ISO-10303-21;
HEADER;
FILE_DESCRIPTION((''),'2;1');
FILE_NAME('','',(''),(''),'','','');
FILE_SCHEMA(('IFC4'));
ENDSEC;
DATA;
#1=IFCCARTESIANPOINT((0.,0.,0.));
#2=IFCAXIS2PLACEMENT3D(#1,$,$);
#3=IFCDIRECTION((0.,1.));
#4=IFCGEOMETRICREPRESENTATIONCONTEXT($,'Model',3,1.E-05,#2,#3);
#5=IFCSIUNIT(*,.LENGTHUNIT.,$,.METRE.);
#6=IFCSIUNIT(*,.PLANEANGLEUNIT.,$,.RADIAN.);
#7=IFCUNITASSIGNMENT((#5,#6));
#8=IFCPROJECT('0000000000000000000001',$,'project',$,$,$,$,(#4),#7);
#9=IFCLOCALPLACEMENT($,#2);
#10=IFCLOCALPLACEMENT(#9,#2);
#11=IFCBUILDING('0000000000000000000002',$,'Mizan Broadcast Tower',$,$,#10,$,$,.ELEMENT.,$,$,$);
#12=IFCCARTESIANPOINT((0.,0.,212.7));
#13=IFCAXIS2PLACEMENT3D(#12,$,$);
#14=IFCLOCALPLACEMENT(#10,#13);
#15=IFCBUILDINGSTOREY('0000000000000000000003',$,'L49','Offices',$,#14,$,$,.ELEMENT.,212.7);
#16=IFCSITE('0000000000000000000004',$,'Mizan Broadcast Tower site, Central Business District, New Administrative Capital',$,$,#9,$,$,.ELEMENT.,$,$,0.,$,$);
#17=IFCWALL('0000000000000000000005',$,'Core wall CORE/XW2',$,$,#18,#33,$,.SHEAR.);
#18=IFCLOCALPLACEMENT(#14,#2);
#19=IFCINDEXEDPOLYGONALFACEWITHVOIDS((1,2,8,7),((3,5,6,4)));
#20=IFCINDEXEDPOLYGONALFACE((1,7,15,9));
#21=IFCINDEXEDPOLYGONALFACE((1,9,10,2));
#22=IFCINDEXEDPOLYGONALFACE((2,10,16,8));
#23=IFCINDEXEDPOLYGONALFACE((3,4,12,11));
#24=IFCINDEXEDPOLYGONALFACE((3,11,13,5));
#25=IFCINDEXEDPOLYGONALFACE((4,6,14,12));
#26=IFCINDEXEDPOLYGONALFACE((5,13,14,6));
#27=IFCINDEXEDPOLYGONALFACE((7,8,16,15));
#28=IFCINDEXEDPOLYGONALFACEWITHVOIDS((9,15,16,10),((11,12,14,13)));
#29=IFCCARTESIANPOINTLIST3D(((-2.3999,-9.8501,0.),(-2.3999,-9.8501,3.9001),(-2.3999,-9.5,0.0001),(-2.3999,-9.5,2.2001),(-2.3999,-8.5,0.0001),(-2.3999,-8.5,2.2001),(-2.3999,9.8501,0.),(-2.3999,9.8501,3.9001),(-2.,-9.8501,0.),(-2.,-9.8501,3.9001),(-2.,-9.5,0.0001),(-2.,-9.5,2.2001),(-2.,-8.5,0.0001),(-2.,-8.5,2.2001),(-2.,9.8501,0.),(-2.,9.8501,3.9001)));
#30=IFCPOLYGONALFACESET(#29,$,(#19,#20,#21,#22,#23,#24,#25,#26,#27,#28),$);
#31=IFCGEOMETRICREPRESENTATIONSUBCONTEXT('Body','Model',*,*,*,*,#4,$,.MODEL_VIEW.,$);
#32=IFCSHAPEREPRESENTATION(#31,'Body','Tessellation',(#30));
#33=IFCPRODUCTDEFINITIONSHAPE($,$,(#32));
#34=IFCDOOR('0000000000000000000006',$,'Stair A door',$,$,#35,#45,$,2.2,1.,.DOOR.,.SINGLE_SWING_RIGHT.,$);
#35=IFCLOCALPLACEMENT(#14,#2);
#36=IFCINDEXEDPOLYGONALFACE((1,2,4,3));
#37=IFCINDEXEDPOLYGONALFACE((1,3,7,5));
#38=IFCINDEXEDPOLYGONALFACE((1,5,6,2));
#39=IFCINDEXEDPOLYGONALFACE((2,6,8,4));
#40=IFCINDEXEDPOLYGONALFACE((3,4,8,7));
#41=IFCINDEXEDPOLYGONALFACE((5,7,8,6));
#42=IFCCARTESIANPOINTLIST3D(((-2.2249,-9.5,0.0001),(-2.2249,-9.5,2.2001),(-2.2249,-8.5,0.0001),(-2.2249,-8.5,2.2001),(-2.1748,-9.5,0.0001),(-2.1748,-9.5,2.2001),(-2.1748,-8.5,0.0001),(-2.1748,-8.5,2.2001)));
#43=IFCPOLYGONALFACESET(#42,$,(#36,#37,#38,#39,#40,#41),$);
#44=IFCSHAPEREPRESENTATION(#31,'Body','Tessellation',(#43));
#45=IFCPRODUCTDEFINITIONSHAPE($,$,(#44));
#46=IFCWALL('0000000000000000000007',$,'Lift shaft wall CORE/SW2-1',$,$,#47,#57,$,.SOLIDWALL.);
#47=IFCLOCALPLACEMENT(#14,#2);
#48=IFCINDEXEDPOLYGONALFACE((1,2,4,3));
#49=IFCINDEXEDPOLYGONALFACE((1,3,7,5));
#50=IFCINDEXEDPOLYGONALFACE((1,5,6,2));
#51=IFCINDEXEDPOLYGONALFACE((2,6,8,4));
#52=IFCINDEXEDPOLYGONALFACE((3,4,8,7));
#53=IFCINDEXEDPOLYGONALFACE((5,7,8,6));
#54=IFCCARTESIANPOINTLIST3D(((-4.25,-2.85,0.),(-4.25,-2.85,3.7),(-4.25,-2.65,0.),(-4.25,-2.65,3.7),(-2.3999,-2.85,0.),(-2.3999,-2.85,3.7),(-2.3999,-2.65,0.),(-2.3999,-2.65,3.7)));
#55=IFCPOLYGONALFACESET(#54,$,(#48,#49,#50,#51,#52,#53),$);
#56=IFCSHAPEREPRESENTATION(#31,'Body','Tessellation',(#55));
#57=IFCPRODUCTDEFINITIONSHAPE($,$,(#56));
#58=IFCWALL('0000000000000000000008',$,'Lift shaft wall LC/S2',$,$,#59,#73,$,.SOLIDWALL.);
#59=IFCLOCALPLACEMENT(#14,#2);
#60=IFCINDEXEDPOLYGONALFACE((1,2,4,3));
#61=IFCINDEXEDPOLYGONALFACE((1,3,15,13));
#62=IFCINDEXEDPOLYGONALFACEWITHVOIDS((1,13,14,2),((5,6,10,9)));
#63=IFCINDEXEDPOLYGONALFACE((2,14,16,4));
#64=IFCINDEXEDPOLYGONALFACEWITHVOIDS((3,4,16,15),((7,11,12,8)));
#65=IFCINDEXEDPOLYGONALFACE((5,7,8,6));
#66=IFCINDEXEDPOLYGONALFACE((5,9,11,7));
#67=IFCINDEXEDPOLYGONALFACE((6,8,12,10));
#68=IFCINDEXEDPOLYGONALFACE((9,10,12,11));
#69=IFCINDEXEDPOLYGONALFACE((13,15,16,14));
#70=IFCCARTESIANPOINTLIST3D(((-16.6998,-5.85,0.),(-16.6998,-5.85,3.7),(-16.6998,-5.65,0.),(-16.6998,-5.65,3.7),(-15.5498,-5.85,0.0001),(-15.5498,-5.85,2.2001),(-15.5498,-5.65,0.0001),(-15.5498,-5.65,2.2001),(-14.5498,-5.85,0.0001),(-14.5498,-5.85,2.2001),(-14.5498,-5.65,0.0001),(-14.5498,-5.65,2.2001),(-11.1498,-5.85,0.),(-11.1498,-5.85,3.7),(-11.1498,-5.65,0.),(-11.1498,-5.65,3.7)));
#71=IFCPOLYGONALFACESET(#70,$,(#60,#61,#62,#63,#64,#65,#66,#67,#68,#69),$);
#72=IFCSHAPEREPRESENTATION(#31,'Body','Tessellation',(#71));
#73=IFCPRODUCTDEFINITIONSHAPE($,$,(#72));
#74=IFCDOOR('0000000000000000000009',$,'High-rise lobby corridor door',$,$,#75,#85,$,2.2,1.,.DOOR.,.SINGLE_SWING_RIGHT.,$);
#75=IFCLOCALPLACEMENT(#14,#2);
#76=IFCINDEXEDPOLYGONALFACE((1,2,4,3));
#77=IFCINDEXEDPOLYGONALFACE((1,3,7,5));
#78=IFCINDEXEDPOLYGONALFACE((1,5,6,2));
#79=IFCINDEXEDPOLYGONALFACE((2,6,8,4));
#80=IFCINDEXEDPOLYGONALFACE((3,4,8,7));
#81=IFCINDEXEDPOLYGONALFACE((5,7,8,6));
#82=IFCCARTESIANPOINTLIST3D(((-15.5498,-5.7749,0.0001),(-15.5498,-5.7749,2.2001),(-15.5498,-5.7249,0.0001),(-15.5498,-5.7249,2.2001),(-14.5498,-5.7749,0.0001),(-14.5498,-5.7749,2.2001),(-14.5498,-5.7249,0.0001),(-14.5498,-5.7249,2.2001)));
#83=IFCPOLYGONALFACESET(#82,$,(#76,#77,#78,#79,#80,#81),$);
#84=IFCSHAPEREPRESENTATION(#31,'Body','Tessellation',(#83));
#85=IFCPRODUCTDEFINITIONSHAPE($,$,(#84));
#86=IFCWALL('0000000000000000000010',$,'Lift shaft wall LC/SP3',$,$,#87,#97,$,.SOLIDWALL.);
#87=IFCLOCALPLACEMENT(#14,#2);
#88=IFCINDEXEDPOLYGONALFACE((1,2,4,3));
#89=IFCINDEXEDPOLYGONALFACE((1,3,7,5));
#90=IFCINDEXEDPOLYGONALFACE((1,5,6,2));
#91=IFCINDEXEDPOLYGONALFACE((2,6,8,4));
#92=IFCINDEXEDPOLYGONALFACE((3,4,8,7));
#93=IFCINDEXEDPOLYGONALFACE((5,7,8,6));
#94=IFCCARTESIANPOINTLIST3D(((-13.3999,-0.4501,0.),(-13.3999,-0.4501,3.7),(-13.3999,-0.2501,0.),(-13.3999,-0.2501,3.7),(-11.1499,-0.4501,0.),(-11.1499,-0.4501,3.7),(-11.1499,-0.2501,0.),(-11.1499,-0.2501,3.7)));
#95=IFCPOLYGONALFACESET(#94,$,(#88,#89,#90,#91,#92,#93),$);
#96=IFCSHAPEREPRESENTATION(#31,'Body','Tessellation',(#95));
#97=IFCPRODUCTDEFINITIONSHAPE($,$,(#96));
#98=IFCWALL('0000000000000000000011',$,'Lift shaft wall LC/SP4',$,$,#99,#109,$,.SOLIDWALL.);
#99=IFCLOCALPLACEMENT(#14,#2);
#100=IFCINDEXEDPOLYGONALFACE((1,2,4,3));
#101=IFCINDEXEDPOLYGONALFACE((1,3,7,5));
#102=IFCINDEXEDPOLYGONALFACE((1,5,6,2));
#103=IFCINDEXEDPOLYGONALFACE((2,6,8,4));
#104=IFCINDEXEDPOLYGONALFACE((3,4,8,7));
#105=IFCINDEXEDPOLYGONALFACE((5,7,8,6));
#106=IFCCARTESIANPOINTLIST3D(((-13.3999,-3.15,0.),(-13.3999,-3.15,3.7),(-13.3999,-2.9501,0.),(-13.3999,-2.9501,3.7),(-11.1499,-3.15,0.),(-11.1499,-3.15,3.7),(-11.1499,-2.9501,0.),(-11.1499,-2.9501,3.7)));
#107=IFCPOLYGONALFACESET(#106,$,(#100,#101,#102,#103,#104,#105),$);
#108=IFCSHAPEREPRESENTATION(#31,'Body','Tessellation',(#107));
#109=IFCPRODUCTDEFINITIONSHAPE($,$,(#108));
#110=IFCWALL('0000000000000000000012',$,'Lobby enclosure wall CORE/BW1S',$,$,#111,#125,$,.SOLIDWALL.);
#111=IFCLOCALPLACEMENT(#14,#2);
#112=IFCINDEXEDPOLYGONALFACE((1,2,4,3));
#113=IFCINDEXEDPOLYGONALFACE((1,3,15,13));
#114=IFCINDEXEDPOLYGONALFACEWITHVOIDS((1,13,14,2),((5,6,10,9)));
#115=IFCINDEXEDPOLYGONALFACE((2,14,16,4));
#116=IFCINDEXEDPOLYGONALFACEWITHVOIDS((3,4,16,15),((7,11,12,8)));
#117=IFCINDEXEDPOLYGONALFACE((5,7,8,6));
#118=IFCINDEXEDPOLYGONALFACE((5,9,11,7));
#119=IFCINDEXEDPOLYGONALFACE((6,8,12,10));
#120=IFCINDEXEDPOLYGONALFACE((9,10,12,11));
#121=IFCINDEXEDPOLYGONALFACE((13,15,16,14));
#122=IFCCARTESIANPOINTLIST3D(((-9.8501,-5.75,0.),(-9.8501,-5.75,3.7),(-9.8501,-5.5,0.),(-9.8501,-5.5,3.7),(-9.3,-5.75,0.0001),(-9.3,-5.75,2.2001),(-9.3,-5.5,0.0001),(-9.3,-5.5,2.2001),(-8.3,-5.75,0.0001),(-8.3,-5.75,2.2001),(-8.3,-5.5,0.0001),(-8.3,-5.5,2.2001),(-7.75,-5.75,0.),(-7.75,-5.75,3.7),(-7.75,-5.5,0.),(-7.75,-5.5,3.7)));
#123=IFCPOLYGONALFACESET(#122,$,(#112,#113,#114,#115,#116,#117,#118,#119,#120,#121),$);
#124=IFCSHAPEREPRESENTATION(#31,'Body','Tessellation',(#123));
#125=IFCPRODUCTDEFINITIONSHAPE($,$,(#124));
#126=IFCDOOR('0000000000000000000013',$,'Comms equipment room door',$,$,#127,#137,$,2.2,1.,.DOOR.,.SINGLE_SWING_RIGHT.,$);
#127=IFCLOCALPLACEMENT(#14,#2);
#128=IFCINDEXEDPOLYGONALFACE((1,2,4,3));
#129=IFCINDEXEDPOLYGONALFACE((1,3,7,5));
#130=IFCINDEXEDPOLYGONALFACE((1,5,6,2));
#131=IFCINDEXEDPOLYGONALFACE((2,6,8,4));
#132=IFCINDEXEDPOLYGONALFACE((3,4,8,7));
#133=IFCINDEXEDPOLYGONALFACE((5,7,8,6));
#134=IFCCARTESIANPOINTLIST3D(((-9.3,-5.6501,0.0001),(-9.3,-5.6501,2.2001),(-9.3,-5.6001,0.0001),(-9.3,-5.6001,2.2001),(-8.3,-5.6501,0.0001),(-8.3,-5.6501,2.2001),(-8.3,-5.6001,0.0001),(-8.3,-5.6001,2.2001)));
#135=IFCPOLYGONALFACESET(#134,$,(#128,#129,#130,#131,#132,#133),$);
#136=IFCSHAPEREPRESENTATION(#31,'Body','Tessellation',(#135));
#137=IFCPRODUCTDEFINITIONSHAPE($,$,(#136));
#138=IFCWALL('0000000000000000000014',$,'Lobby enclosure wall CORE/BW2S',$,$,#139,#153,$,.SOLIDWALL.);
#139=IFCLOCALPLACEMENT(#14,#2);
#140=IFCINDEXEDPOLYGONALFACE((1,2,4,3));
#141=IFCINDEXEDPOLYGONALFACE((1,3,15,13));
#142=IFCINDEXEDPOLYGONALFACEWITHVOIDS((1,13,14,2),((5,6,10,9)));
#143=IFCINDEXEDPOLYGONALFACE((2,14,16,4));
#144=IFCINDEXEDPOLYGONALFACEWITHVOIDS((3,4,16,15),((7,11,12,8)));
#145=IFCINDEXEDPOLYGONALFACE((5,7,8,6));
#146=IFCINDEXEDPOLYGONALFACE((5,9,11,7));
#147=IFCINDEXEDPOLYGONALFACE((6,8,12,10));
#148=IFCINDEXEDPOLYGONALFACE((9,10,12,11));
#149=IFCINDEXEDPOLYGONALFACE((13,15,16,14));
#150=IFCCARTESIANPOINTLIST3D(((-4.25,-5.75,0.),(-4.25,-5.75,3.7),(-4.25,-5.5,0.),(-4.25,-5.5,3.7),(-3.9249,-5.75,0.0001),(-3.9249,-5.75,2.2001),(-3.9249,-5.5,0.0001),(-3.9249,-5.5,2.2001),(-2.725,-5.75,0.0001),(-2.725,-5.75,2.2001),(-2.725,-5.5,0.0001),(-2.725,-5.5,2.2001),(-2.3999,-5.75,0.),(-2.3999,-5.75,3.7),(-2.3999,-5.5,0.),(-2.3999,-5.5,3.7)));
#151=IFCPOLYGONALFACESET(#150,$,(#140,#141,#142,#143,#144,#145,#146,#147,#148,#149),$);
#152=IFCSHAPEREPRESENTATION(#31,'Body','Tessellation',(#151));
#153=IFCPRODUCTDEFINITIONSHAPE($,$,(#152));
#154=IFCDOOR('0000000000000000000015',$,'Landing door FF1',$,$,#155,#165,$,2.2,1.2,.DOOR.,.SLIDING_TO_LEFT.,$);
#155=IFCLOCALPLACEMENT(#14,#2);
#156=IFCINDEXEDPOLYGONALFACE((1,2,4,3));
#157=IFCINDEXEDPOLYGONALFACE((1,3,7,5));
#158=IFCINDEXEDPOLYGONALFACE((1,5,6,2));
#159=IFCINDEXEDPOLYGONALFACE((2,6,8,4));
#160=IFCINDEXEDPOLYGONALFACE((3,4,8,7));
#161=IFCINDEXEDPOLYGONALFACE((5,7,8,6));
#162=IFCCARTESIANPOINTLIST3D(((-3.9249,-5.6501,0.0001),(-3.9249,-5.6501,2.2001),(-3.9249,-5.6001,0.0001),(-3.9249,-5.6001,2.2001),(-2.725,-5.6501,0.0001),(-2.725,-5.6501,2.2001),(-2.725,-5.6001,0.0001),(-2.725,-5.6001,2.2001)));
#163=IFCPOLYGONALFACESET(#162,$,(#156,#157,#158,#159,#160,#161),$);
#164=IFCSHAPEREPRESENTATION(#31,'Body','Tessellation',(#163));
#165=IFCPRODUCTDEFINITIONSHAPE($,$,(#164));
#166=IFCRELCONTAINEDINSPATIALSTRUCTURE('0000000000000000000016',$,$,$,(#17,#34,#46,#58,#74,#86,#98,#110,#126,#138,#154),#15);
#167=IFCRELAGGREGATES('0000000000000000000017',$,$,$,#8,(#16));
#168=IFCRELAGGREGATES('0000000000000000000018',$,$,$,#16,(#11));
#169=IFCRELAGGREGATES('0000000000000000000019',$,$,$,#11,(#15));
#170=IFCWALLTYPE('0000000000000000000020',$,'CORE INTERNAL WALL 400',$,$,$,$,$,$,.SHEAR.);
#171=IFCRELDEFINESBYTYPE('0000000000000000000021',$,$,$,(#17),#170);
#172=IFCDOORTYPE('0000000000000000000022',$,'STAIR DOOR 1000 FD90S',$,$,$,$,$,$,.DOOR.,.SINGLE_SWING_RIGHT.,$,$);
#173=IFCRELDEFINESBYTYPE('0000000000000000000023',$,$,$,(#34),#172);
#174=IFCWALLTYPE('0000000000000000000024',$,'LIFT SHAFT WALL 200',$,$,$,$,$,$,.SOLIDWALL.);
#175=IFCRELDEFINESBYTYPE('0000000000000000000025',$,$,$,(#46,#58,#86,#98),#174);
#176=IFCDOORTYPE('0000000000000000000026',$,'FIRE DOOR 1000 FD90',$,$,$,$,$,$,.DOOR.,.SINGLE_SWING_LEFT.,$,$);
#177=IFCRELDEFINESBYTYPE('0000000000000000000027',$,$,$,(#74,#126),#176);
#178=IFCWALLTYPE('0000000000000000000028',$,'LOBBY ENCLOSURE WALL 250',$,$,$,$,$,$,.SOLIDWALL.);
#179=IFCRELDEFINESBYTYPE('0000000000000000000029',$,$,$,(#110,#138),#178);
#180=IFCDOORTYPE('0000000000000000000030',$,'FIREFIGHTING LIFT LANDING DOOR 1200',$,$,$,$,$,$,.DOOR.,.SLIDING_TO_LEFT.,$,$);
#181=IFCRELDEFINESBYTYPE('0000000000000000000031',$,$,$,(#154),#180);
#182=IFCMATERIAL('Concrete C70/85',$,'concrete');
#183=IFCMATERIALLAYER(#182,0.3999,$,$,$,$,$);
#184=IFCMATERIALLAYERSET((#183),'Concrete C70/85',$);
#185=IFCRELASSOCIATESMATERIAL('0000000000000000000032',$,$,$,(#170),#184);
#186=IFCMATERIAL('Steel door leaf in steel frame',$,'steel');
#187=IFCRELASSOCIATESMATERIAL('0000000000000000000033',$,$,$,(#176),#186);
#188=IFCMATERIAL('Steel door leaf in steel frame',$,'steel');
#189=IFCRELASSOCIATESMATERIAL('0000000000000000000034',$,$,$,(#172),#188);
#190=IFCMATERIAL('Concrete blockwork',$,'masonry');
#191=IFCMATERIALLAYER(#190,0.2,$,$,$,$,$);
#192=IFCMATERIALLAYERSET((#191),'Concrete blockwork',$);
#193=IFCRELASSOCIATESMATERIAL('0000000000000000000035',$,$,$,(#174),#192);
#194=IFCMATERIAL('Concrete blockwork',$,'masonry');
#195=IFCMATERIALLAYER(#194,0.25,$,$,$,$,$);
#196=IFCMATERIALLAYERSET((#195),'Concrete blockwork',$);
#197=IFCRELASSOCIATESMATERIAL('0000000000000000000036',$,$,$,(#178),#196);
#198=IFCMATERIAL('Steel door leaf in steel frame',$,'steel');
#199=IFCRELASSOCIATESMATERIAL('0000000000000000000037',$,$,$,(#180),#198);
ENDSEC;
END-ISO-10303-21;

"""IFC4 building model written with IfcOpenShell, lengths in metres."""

from ifc_helpers import new_model, si_unit, direction, frame, frame_2d, origin, place, context, subcontext, project, spatial, rectangle, extrude, material, layer, layer_set, type_object, element, fill, save


model = new_model("IFC4")

# Units and contexts
model_context = context("Model", 3, precision=1e-05, world=origin(), true_north=direction((0.0, 1.0)))
body_context = subcontext(model_context, "Body", "Model", "MODEL_VIEW")
ifc_project = project(units=[si_unit("LENGTHUNIT", "METRE"), si_unit("PLANEANGLEUNIT", "RADIAN")], contexts=[model_context])

# Site, building, storey
site_placement = place(None, origin())
site = spatial("IfcSite", under=ifc_project, at=site_placement, Name="Mizan Broadcast Tower site, Central Business District, New Administrative Capital", CompositionType="ELEMENT", RefElevation=0.0)
building_placement = place(site_placement, origin())
building = spatial("IfcBuilding", under=site, at=building_placement, Name="Mizan Broadcast Tower", CompositionType="ELEMENT")
storey_placement = place(building_placement, frame((0.0, 0.0, 212.7)))
storey = spatial("IfcBuildingStorey", under=building, at=storey_placement, Name="L49", Description="Offices", CompositionType="ELEMENT", Elevation=212.7)

# Shared definitions
ifc_material_1 = material(Name="Concrete C70/85", Category="concrete")
ifc_layer_1 = layer(ifc_material_1, 0.3999)
ifc_layer_set_1 = layer_set([ifc_layer_1], Name="Concrete C70/85")
wall_type_1 = type_object("IfcWallType", Name="CORE INTERNAL WALL 400", PredefinedType="SHEAR", material=ifc_layer_set_1)
ifc_material_2 = material(Name="Steel door leaf in steel frame", Category="steel")
door_type_1 = type_object("IfcDoorType", Name="FIRE DOOR 1000 FD90", OperationType="SINGLE_SWING_LEFT", PredefinedType="DOOR", material=ifc_material_2)

# Wall, opening, door
wall_1_placement = place(storey_placement, frame((-2.2, -9.8501, 0.0), z_axis=(0.0, 0.0, 1.0), x_axis=(0.0, 1.0, 0.0)))
wall_1 = element("IfcWall", 1, at=wall_1_placement, inside=storey, type_object=wall_type_1, Name="Core wall CORE/XW2", PredefinedType="SHEAR", context=body_context, shape_type="SweptSolid", body=[
    extrude(rectangle(XDim=19.7002, YDim=0.3999, at=frame_2d((9.8501, 0.0))), origin(), (0.0, 0.0, 1.0), 3.9001),
])
opening_1_placement = place(wall_1_placement, frame((0.3501, 0.0, 0.0)))
opening_1 = element("IfcOpeningElement", 2, at=opening_1_placement, cuts=wall_1, PredefinedType="OPENING", context=body_context, shape_type="SweptSolid", body=[
    extrude(rectangle(XDim=1.0, YDim=2.2, at=frame_2d((0.5, 1.1001))), frame((0.0, 0.21, 0.0), z_axis=(0.0, -1.0, 0.0), x_axis=(1.0, 0.0, 0.0)), (0.0, 0.0, 1.0), 0.4199),
])
ifc_material_3 = material(Name="Steel door leaf in steel frame", Category="steel")
door_type_2 = type_object("IfcDoorType", Name="STAIR DOOR 1000 FD90S", OperationType="SINGLE_SWING_RIGHT", PredefinedType="DOOR", material=ifc_material_3)
door_1_placement = place(opening_1_placement, origin())
door_1 = element("IfcDoor", 3, at=door_1_placement, inside=storey, type_object=door_type_2, Name="Stair A door", OperationType="SINGLE_SWING_RIGHT", OverallHeight=2.2, OverallWidth=1.0, PredefinedType="DOOR", context=body_context, shape_type="SweptSolid", body=[
    extrude(rectangle(XDim=1.0, YDim=2.2, at=frame_2d((0.5, 1.1001))), frame((0.0, 0.0249, 0.0), z_axis=(0.0, -1.0, 0.0), x_axis=(1.0, 0.0, 0.0)), (0.0, 0.0, 1.0), 0.05),
])
fill(opening_1, door_1)

# Wall
ifc_material_4 = material(Name="Concrete blockwork", Category="masonry")
ifc_layer_2 = layer(ifc_material_4, 0.2)
ifc_layer_set_2 = layer_set([ifc_layer_2], Name="Concrete blockwork")
wall_type_2 = type_object("IfcWallType", Name="LIFT SHAFT WALL 200", PredefinedType="SOLIDWALL", material=ifc_layer_set_2)
wall_2_placement = place(storey_placement, frame((-4.25, -2.75, 0.0), z_axis=(0.0, 0.0, 1.0), x_axis=(1.0, 0.0, 0.0)))
element("IfcWall", 4, at=wall_2_placement, inside=storey, type_object=wall_type_2, Name="Lift shaft wall CORE/SW2-1", PredefinedType="SOLIDWALL", context=body_context, shape_type="SweptSolid", body=[
    extrude(rectangle(XDim=1.8501, YDim=0.2, at=frame_2d((0.925, 0.0))), origin(), (0.0, 0.0, 1.0), 3.7),
])

# Wall, opening, door
wall_3_placement = place(storey_placement, frame((-11.1499, -5.75, 0.0), z_axis=(0.0, 0.0, 1.0), x_axis=(-1.0, 0.0, 0.0)))
wall_3 = element("IfcWall", 5, at=wall_3_placement, inside=storey, type_object=wall_type_2, Name="Lift shaft wall LC/S2", PredefinedType="SOLIDWALL", context=body_context, shape_type="SweptSolid", body=[
    extrude(rectangle(XDim=5.55, YDim=0.2, at=frame_2d((2.7749, 0.0))), origin(), (0.0, 0.0, 1.0), 3.7),
])
opening_2_placement = place(wall_3_placement, frame((3.3999, 0.0, 0.0)))
opening_2 = element("IfcOpeningElement", 6, at=opening_2_placement, cuts=wall_3, PredefinedType="OPENING", context=body_context, shape_type="SweptSolid", body=[
    extrude(rectangle(XDim=1.0, YDim=2.2, at=frame_2d((0.5, 1.1001))), frame((0.0, 0.1099, 0.0), z_axis=(0.0, -1.0, 0.0), x_axis=(1.0, 0.0, 0.0)), (0.0, 0.0, 1.0), 0.22),
])
door_2_placement = place(opening_2_placement, origin())
door_2 = element("IfcDoor", 7, at=door_2_placement, inside=storey, type_object=door_type_1, Name="High-rise lobby corridor door", OperationType="SINGLE_SWING_RIGHT", OverallHeight=2.2, OverallWidth=1.0, PredefinedType="DOOR", context=body_context, shape_type="SweptSolid", body=[
    extrude(rectangle(XDim=1.0, YDim=2.2, at=frame_2d((0.5, 1.1001))), frame((0.0, 0.0249, 0.0), z_axis=(0.0, -1.0, 0.0), x_axis=(1.0, 0.0, 0.0)), (0.0, 0.0, 1.0), 0.05),
])
fill(opening_2, door_2)

# Walls
for number, where, z_axis, x_axis, name in (
    (8, (-11.1499, -0.3501, 0.0), (0.0, 0.0, 1.0), (-1.0, 0.0, 0.0), "Lift shaft wall LC/SP3"),
    (9, (-11.1499, -3.05, 0.0), (0.0, 0.0, 1.0), (-1.0, 0.0, 0.0), "Lift shaft wall LC/SP4"),
):
    element("IfcWall", number, at=place(storey_placement, frame(where, z_axis=z_axis, x_axis=x_axis)), inside=storey, type_object=wall_type_2, Name=name, PredefinedType="SOLIDWALL", context=body_context, shape_type="SweptSolid", body=[
        extrude(rectangle(XDim=2.25, YDim=0.2, at=frame_2d((1.125, 0.0))), origin(), (0.0, 0.0, 1.0), 3.7),
    ])

# Walls, openings, doors
ifc_material_5 = material(Name="Concrete blockwork", Category="masonry")
ifc_layer_3 = layer(ifc_material_5, 0.25)
ifc_layer_set_3 = layer_set([ifc_layer_3], Name="Concrete blockwork")
wall_type_3 = type_object("IfcWallType", Name="LOBBY ENCLOSURE WALL 250", PredefinedType="SOLIDWALL", material=ifc_layer_set_3)
wall_4_placement = place(storey_placement, frame((-9.8501, -5.625, 0.0), z_axis=(0.0, 0.0, 1.0), x_axis=(1.0, 0.0, 0.0)))
wall_4 = element("IfcWall", 10, at=wall_4_placement, inside=storey, type_object=wall_type_3, Name="Lobby enclosure wall CORE/BW1S", PredefinedType="SOLIDWALL", context=body_context, shape_type="SweptSolid", body=[
    extrude(rectangle(XDim=2.1001, YDim=0.25, at=frame_2d((1.05, 0.0))), origin(), (0.0, 0.0, 1.0), 3.7),
])
opening_3_placement = place(wall_4_placement, frame((0.55, 0.0, 0.0)))
opening_3 = element("IfcOpeningElement", 11, at=opening_3_placement, cuts=wall_4, PredefinedType="OPENING", context=body_context, shape_type="SweptSolid", body=[
    extrude(rectangle(XDim=1.0, YDim=2.2, at=frame_2d((0.5, 1.1001))), frame((0.0, 0.135, 0.0), z_axis=(0.0, -1.0, 0.0), x_axis=(1.0, 0.0, 0.0)), (0.0, 0.0, 1.0), 0.27),
])
door_3_placement = place(opening_3_placement, origin())
door_3 = element("IfcDoor", 12, at=door_3_placement, inside=storey, type_object=door_type_1, Name="Comms equipment room door", OperationType="SINGLE_SWING_RIGHT", OverallHeight=2.2, OverallWidth=1.0, PredefinedType="DOOR", context=body_context, shape_type="SweptSolid", body=[
    extrude(rectangle(XDim=1.0, YDim=2.2, at=frame_2d((0.5, 1.1001))), frame((0.0, 0.0249, 0.0), z_axis=(0.0, -1.0, 0.0), x_axis=(1.0, 0.0, 0.0)), (0.0, 0.0, 1.0), 0.05),
])
fill(opening_3, door_3)
wall_5_placement = place(storey_placement, frame((-4.25, -5.625, 0.0), z_axis=(0.0, 0.0, 1.0), x_axis=(1.0, 0.0, 0.0)))
wall_5 = element("IfcWall", 13, at=wall_5_placement, inside=storey, type_object=wall_type_3, Name="Lobby enclosure wall CORE/BW2S", PredefinedType="SOLIDWALL", context=body_context, shape_type="SweptSolid", body=[
    extrude(rectangle(XDim=1.8501, YDim=0.25, at=frame_2d((0.925, 0.0))), origin(), (0.0, 0.0, 1.0), 3.7),
])
opening_4_placement = place(wall_5_placement, frame((0.325, 0.0, 0.0)))
opening_4 = element("IfcOpeningElement", 14, at=opening_4_placement, cuts=wall_5, PredefinedType="OPENING", context=body_context, shape_type="SweptSolid", body=[
    extrude(rectangle(XDim=1.2, YDim=2.2, at=frame_2d((0.6001, 1.1001))), frame((0.0, 0.135, 0.0), z_axis=(0.0, -1.0, 0.0), x_axis=(1.0, 0.0, 0.0)), (0.0, 0.0, 1.0), 0.27),
])
ifc_material_6 = material(Name="Steel door leaf in steel frame", Category="steel")
door_type_3 = type_object("IfcDoorType", Name="FIREFIGHTING LIFT LANDING DOOR 1200", OperationType="SLIDING_TO_LEFT", PredefinedType="DOOR", material=ifc_material_6)
door_4_placement = place(opening_4_placement, origin())
door_4 = element("IfcDoor", 15, at=door_4_placement, inside=storey, type_object=door_type_3, Name="Landing door FF1", OperationType="SLIDING_TO_LEFT", OverallHeight=2.2, OverallWidth=1.2, PredefinedType="DOOR", context=body_context, shape_type="SweptSolid", body=[
    extrude(rectangle(XDim=1.2, YDim=2.2, at=frame_2d((0.6001, 1.1001))), frame((0.0, 0.0249, 0.0), z_axis=(0.0, -1.0, 0.0), x_axis=(1.0, 0.0, 0.0)), (0.0, 0.0, 1.0), 0.05),
])
fill(opening_4, door_4)

save(model, "model.ifc")
